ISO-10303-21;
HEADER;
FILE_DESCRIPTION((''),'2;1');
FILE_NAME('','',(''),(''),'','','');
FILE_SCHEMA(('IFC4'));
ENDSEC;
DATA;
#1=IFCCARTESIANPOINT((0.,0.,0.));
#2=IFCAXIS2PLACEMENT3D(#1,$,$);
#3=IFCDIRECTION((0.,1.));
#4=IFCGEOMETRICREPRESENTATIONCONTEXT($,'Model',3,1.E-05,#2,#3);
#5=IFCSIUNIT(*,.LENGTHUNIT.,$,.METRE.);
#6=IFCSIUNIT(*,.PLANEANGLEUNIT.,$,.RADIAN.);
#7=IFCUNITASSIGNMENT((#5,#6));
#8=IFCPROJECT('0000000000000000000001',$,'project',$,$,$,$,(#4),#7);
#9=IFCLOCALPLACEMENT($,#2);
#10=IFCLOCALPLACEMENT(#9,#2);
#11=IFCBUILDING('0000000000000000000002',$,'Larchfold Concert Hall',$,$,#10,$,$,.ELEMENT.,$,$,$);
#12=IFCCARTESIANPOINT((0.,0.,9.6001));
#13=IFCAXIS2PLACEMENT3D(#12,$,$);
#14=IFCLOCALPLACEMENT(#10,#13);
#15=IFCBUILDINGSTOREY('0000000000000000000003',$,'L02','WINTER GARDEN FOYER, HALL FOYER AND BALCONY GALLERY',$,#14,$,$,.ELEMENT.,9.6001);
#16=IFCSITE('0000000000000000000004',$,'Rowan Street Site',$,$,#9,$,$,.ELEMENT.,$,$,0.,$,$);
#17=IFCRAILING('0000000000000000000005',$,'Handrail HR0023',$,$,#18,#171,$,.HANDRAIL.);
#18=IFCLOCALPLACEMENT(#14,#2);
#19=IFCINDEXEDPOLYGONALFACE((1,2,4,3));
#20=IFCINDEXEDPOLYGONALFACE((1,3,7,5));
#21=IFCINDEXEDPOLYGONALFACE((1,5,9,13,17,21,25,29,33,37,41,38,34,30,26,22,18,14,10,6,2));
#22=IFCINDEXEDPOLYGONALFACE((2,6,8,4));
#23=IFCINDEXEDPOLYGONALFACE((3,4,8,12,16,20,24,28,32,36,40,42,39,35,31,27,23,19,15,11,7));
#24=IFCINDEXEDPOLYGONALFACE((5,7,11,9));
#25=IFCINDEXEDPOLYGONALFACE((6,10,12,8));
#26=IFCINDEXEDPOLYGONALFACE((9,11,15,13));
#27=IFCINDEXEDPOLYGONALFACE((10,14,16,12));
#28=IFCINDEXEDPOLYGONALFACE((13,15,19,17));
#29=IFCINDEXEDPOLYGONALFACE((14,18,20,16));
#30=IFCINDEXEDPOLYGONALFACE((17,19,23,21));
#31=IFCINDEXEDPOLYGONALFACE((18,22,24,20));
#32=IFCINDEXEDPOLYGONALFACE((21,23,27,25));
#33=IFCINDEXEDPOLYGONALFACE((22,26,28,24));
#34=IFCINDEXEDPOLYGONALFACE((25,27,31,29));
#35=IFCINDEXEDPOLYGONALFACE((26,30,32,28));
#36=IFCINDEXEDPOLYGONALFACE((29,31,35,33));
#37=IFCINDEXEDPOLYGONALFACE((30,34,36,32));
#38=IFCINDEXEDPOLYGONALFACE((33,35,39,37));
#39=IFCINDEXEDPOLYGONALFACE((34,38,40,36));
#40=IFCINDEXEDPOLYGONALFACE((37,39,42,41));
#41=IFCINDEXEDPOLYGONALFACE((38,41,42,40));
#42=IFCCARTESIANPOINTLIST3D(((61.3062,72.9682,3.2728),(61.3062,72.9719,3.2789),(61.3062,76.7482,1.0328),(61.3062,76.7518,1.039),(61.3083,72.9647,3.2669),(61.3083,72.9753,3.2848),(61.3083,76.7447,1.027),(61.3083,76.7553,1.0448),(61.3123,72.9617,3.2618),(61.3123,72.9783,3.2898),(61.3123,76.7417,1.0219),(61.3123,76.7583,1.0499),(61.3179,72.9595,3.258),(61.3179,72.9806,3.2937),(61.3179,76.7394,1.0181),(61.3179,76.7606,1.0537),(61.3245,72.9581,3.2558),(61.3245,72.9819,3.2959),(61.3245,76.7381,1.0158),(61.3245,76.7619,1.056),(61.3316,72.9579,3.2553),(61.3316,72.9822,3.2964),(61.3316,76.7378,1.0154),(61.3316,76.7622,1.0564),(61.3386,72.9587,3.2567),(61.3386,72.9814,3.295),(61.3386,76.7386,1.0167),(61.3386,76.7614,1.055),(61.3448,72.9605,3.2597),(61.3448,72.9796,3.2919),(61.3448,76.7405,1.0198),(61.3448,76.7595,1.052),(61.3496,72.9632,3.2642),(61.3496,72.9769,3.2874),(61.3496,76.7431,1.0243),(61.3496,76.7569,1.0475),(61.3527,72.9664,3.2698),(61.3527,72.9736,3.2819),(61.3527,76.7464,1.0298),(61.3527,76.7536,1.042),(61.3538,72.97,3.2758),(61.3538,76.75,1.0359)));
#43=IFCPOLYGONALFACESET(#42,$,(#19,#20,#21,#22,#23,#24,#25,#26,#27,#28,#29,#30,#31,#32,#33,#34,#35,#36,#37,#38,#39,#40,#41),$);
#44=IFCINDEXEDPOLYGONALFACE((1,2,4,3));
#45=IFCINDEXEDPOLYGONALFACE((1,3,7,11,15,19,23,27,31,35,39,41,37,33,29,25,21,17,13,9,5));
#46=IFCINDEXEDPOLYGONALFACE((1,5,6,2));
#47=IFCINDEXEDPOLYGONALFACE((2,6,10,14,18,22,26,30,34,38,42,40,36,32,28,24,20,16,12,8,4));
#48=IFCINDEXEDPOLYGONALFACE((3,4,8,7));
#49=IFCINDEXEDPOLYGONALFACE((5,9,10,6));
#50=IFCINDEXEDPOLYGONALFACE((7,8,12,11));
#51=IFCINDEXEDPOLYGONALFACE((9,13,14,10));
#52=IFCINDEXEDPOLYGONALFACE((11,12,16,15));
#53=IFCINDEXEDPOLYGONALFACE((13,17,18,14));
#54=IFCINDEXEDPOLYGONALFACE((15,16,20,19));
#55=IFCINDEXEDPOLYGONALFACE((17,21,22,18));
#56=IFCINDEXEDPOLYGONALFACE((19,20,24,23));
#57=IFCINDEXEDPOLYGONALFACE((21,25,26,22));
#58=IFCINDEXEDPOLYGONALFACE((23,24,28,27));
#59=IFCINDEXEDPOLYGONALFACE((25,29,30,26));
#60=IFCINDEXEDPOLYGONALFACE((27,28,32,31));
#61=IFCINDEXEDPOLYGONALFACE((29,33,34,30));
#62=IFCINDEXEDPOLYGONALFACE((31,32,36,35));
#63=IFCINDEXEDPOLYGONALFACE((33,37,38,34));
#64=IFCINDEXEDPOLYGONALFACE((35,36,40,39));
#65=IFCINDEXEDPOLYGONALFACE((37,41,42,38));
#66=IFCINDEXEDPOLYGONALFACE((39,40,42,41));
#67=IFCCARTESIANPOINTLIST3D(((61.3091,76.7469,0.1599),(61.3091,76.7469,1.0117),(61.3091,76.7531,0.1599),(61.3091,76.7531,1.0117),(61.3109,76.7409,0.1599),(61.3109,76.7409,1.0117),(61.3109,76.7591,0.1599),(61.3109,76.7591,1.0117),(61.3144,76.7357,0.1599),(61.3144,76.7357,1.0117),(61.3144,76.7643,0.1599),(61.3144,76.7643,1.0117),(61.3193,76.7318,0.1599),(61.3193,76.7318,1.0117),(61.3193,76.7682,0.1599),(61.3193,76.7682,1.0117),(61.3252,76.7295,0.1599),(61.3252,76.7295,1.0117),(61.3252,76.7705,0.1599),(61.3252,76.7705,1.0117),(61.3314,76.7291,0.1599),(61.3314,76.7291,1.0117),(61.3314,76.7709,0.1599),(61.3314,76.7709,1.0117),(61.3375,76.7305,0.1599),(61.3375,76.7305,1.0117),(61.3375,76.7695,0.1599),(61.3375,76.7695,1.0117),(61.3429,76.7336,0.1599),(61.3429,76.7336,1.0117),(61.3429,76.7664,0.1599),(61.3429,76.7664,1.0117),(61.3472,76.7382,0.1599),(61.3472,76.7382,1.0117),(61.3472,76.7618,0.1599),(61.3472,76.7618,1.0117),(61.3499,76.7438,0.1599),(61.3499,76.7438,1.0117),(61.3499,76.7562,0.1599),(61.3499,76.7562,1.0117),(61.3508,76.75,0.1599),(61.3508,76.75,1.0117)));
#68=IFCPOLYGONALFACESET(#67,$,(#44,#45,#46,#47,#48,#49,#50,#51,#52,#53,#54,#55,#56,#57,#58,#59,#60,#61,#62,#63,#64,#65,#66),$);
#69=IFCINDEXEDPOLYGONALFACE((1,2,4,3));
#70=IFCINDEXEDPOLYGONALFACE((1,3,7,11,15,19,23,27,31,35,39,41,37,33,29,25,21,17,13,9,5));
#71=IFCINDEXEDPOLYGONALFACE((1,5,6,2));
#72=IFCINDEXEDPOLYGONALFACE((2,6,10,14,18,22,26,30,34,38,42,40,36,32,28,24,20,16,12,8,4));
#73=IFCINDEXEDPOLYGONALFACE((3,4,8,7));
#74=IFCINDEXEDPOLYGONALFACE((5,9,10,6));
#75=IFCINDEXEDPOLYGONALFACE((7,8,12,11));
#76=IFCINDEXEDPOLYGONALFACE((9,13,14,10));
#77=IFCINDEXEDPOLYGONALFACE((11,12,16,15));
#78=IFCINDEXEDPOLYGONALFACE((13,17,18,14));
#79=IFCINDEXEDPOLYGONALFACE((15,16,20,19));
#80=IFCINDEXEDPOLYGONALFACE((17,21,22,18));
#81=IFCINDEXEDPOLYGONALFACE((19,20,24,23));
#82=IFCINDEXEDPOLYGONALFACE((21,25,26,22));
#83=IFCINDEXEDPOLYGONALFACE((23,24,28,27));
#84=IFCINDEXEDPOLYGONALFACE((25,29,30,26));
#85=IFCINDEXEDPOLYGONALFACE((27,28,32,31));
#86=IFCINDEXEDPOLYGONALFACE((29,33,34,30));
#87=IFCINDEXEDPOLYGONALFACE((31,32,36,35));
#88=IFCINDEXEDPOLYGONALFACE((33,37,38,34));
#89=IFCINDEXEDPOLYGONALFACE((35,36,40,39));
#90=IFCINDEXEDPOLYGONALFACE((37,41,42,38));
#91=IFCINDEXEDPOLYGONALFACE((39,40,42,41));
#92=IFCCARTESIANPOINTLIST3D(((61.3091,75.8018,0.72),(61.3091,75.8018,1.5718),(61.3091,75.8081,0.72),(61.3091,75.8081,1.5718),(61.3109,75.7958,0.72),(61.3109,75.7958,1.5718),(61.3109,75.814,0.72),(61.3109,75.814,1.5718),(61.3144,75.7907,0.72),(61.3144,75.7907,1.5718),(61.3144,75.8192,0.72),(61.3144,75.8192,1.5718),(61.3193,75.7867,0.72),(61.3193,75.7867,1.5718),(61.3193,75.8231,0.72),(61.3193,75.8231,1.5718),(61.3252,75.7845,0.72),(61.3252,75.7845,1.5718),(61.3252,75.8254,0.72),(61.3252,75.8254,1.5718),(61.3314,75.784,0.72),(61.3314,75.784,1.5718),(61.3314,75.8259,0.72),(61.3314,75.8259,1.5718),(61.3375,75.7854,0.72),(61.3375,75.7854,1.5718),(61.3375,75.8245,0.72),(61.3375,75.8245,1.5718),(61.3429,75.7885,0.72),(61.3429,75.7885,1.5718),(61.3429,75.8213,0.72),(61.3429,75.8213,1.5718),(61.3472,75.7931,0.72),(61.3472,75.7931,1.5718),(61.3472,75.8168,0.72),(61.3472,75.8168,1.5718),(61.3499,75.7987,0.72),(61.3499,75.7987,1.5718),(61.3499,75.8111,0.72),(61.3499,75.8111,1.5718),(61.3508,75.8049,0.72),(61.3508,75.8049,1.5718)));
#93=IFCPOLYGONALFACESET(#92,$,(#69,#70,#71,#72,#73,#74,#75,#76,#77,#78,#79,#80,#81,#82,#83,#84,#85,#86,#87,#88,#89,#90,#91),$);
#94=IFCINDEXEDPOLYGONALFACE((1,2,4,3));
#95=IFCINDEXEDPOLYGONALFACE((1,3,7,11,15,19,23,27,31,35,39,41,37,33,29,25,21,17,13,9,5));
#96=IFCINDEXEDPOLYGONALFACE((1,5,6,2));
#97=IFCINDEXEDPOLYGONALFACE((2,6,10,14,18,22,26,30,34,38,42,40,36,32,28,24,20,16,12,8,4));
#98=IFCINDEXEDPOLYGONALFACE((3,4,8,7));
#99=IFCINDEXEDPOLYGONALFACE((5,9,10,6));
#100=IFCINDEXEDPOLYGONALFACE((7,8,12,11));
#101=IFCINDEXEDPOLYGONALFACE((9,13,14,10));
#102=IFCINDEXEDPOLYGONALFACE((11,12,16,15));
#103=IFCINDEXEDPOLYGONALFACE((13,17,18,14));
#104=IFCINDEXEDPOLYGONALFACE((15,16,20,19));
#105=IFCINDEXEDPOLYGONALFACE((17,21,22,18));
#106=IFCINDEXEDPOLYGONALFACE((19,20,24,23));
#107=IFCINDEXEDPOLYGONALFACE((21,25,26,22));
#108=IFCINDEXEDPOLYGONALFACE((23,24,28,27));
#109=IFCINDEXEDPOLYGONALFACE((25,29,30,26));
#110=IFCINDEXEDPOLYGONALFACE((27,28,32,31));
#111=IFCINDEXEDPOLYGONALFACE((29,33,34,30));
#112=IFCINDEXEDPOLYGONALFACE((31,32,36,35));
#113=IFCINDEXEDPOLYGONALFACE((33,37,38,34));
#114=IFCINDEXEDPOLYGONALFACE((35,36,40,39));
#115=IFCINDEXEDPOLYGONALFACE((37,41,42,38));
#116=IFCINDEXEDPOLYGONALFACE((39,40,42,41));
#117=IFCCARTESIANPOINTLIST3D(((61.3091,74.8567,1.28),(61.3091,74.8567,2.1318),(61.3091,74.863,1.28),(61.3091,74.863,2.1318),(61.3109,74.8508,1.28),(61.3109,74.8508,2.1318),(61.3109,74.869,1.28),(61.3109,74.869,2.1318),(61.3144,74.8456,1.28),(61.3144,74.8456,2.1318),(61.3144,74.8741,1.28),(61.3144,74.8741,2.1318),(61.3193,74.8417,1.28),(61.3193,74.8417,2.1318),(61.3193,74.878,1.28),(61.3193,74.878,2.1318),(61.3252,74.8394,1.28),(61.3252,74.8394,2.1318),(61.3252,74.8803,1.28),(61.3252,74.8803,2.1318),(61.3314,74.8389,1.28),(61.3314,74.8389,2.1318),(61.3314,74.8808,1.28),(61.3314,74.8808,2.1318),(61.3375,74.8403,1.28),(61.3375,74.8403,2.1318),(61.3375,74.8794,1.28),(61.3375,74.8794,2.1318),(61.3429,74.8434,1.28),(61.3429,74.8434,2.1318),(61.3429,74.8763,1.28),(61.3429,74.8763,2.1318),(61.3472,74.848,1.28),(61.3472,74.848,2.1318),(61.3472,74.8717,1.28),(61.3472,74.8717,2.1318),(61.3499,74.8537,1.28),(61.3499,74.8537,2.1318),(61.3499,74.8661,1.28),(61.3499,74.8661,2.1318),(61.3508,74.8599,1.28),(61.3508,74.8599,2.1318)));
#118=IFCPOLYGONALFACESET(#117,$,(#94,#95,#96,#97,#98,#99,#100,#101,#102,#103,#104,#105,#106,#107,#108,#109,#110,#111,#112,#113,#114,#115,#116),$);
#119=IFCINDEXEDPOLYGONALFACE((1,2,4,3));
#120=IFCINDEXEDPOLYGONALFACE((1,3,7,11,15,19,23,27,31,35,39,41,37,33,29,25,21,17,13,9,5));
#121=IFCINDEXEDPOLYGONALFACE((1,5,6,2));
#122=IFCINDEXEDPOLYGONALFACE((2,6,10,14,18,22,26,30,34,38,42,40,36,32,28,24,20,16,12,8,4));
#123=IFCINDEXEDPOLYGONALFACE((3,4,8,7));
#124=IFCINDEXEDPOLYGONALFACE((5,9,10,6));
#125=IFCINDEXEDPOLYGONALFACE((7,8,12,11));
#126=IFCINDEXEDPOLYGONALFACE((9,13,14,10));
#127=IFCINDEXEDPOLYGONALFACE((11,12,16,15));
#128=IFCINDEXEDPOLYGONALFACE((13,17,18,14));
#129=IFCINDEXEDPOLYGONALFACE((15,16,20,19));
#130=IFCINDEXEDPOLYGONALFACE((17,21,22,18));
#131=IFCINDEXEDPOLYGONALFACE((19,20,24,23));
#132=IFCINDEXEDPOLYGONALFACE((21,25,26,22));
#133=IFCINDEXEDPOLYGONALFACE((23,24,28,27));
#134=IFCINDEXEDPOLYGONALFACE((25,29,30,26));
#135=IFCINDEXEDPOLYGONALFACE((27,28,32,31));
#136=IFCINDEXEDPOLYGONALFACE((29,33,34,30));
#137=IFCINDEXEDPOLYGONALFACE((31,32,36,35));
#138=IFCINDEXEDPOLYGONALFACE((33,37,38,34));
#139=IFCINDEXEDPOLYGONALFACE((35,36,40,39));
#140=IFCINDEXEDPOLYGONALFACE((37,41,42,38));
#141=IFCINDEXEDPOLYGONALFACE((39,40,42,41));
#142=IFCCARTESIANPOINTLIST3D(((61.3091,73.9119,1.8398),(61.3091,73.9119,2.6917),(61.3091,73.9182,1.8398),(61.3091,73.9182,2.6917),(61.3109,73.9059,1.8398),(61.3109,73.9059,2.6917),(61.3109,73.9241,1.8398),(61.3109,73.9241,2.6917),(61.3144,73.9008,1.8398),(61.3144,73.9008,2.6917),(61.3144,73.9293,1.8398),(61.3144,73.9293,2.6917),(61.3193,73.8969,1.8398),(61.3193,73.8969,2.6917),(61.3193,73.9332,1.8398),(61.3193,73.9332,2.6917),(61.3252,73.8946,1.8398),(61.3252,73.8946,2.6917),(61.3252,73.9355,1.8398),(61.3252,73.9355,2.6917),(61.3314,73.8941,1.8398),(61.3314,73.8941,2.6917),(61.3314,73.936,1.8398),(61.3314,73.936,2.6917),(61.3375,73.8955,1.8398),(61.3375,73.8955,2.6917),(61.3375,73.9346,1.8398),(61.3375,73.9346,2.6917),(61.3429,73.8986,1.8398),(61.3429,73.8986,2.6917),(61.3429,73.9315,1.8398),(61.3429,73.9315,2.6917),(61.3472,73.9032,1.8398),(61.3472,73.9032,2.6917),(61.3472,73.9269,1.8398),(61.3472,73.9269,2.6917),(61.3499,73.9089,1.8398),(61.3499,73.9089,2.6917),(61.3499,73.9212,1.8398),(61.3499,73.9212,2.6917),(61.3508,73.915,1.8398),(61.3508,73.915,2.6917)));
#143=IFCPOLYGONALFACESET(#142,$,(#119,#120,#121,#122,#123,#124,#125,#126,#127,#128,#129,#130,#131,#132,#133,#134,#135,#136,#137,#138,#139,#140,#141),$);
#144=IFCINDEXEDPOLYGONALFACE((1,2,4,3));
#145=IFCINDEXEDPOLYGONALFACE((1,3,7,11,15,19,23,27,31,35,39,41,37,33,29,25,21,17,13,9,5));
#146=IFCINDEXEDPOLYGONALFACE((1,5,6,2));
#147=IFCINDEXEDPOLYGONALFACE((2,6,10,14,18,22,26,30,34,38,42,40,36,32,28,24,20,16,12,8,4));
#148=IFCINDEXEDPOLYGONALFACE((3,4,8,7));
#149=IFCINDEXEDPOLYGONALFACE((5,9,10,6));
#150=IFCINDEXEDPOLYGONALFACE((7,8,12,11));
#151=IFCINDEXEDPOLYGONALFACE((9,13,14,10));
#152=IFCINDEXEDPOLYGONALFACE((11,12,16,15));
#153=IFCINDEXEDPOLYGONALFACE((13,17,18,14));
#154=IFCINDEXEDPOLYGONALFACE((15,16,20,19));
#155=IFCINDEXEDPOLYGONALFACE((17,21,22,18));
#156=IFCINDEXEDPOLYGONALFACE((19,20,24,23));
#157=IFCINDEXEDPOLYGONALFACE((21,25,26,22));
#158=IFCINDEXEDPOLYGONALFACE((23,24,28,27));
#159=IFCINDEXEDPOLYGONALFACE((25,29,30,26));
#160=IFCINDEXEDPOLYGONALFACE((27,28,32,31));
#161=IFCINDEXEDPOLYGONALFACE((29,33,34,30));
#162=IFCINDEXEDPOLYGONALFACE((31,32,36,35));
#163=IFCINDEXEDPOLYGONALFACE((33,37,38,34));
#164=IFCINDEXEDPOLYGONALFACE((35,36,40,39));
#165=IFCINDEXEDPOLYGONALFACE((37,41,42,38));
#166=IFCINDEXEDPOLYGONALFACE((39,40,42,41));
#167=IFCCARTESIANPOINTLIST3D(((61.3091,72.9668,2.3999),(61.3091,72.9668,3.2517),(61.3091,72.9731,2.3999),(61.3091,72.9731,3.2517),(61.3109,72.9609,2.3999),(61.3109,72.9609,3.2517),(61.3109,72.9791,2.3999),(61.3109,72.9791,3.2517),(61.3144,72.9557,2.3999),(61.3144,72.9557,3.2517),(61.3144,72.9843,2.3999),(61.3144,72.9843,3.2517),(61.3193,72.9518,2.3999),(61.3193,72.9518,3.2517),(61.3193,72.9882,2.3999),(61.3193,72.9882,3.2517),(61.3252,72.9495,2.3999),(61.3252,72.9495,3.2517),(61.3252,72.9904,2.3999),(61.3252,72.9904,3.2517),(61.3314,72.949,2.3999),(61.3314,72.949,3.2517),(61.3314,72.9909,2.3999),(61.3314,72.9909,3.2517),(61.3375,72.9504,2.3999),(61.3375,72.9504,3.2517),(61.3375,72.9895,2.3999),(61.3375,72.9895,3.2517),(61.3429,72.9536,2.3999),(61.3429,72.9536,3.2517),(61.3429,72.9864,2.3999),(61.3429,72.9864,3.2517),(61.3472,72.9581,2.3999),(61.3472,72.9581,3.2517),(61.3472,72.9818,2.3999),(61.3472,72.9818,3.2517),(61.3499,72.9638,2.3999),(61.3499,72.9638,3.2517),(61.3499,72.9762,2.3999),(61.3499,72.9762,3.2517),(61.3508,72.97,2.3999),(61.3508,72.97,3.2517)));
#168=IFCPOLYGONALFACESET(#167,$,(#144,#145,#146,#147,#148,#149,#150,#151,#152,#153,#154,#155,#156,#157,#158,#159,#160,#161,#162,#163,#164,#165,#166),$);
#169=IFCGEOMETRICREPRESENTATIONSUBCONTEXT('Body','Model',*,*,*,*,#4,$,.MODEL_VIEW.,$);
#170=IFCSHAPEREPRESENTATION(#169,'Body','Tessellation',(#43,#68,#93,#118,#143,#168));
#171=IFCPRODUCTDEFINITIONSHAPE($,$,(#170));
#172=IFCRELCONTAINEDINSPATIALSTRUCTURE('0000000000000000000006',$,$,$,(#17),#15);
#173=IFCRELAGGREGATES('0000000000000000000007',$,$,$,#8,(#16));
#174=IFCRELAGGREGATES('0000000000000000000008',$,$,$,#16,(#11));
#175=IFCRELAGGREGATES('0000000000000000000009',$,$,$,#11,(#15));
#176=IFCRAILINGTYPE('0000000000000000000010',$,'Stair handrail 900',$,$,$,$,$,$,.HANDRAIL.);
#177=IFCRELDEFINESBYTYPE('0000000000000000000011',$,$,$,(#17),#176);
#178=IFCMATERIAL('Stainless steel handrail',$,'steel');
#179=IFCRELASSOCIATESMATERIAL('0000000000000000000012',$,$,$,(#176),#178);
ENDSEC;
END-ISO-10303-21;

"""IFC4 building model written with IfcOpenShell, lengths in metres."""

from ifc_helpers import new_model, si_unit, direction, frame, origin, origin_2d, place, context, subcontext, project, spatial, circle, extrude, material, type_object, element, save


model = new_model("IFC4")

# Units and contexts
model_context = context("Model", 3, precision=1e-05, world=origin(), true_north=direction((0.0, 1.0)))
body_context = subcontext(model_context, "Body", "Model", "MODEL_VIEW")
ifc_project = project(units=[si_unit("LENGTHUNIT", "METRE"), si_unit("PLANEANGLEUNIT", "RADIAN")], contexts=[model_context])

# Site, building, storey
site_placement = place(None, origin())
site = spatial("IfcSite", under=ifc_project, at=site_placement, Name="Rowan Street Site", CompositionType="ELEMENT", RefElevation=0.0)
building_placement = place(site_placement, origin())
building = spatial("IfcBuilding", under=site, at=building_placement, Name="Larchfold Concert Hall", CompositionType="ELEMENT")
storey_placement = place(building_placement, frame((0.0, 0.0, 9.6001)))
storey = spatial("IfcBuildingStorey", under=building, at=storey_placement, Name="L02", Description="WINTER GARDEN FOYER, HALL FOYER AND BALCONY GALLERY", CompositionType="ELEMENT", Elevation=9.6001)

# Railing
ifc_material_1 = material(Name="Stainless steel handrail", Category="steel")
railing_type_1 = type_object("IfcRailingType", Name="Stair handrail 900", PredefinedType="HANDRAIL", material=ifc_material_1)
railing_1_placement = place(storey_placement, frame((61.3298, 76.75, 0.1599)))
element("IfcRailing", 1, at=railing_1_placement, inside=storey, type_object=railing_type_1, Name="Handrail HR0023", PredefinedType="HANDRAIL", context=body_context, shape_type="SweptSolid", body=[
    extrude(circle(Radius=0.0239, at=origin_2d()), frame((0.0, 0.0, 0.876), z_axis=(0.0, -0.860294, 0.509798), x_axis=(1.0, 0.0, 0.0)), (0.0, 0.0, 1.0), 4.3938),
    extrude(circle(Radius=0.021, at=origin_2d()), origin(), (0.0, 0.0, 1.0), 0.8518),
    extrude(circle(Radius=0.021, at=origin_2d()), frame((0.0, -0.9451, 0.5601)), (0.0, 0.0, 1.0), 0.8518),
    extrude(circle(Radius=0.021, at=origin_2d()), frame((0.0, -1.8901, 1.1201)), (0.0, 0.0, 1.0), 0.8518),
    extrude(circle(Radius=0.021, at=origin_2d()), frame((0.0, -2.835, 1.6799)), (0.0, 0.0, 1.0), 0.8518),
    extrude(circle(Radius=0.021, at=origin_2d()), frame((0.0, -3.78, 2.24)), (0.0, 0.0, 1.0), 0.8518),
])

save(model, "model.ifc")
